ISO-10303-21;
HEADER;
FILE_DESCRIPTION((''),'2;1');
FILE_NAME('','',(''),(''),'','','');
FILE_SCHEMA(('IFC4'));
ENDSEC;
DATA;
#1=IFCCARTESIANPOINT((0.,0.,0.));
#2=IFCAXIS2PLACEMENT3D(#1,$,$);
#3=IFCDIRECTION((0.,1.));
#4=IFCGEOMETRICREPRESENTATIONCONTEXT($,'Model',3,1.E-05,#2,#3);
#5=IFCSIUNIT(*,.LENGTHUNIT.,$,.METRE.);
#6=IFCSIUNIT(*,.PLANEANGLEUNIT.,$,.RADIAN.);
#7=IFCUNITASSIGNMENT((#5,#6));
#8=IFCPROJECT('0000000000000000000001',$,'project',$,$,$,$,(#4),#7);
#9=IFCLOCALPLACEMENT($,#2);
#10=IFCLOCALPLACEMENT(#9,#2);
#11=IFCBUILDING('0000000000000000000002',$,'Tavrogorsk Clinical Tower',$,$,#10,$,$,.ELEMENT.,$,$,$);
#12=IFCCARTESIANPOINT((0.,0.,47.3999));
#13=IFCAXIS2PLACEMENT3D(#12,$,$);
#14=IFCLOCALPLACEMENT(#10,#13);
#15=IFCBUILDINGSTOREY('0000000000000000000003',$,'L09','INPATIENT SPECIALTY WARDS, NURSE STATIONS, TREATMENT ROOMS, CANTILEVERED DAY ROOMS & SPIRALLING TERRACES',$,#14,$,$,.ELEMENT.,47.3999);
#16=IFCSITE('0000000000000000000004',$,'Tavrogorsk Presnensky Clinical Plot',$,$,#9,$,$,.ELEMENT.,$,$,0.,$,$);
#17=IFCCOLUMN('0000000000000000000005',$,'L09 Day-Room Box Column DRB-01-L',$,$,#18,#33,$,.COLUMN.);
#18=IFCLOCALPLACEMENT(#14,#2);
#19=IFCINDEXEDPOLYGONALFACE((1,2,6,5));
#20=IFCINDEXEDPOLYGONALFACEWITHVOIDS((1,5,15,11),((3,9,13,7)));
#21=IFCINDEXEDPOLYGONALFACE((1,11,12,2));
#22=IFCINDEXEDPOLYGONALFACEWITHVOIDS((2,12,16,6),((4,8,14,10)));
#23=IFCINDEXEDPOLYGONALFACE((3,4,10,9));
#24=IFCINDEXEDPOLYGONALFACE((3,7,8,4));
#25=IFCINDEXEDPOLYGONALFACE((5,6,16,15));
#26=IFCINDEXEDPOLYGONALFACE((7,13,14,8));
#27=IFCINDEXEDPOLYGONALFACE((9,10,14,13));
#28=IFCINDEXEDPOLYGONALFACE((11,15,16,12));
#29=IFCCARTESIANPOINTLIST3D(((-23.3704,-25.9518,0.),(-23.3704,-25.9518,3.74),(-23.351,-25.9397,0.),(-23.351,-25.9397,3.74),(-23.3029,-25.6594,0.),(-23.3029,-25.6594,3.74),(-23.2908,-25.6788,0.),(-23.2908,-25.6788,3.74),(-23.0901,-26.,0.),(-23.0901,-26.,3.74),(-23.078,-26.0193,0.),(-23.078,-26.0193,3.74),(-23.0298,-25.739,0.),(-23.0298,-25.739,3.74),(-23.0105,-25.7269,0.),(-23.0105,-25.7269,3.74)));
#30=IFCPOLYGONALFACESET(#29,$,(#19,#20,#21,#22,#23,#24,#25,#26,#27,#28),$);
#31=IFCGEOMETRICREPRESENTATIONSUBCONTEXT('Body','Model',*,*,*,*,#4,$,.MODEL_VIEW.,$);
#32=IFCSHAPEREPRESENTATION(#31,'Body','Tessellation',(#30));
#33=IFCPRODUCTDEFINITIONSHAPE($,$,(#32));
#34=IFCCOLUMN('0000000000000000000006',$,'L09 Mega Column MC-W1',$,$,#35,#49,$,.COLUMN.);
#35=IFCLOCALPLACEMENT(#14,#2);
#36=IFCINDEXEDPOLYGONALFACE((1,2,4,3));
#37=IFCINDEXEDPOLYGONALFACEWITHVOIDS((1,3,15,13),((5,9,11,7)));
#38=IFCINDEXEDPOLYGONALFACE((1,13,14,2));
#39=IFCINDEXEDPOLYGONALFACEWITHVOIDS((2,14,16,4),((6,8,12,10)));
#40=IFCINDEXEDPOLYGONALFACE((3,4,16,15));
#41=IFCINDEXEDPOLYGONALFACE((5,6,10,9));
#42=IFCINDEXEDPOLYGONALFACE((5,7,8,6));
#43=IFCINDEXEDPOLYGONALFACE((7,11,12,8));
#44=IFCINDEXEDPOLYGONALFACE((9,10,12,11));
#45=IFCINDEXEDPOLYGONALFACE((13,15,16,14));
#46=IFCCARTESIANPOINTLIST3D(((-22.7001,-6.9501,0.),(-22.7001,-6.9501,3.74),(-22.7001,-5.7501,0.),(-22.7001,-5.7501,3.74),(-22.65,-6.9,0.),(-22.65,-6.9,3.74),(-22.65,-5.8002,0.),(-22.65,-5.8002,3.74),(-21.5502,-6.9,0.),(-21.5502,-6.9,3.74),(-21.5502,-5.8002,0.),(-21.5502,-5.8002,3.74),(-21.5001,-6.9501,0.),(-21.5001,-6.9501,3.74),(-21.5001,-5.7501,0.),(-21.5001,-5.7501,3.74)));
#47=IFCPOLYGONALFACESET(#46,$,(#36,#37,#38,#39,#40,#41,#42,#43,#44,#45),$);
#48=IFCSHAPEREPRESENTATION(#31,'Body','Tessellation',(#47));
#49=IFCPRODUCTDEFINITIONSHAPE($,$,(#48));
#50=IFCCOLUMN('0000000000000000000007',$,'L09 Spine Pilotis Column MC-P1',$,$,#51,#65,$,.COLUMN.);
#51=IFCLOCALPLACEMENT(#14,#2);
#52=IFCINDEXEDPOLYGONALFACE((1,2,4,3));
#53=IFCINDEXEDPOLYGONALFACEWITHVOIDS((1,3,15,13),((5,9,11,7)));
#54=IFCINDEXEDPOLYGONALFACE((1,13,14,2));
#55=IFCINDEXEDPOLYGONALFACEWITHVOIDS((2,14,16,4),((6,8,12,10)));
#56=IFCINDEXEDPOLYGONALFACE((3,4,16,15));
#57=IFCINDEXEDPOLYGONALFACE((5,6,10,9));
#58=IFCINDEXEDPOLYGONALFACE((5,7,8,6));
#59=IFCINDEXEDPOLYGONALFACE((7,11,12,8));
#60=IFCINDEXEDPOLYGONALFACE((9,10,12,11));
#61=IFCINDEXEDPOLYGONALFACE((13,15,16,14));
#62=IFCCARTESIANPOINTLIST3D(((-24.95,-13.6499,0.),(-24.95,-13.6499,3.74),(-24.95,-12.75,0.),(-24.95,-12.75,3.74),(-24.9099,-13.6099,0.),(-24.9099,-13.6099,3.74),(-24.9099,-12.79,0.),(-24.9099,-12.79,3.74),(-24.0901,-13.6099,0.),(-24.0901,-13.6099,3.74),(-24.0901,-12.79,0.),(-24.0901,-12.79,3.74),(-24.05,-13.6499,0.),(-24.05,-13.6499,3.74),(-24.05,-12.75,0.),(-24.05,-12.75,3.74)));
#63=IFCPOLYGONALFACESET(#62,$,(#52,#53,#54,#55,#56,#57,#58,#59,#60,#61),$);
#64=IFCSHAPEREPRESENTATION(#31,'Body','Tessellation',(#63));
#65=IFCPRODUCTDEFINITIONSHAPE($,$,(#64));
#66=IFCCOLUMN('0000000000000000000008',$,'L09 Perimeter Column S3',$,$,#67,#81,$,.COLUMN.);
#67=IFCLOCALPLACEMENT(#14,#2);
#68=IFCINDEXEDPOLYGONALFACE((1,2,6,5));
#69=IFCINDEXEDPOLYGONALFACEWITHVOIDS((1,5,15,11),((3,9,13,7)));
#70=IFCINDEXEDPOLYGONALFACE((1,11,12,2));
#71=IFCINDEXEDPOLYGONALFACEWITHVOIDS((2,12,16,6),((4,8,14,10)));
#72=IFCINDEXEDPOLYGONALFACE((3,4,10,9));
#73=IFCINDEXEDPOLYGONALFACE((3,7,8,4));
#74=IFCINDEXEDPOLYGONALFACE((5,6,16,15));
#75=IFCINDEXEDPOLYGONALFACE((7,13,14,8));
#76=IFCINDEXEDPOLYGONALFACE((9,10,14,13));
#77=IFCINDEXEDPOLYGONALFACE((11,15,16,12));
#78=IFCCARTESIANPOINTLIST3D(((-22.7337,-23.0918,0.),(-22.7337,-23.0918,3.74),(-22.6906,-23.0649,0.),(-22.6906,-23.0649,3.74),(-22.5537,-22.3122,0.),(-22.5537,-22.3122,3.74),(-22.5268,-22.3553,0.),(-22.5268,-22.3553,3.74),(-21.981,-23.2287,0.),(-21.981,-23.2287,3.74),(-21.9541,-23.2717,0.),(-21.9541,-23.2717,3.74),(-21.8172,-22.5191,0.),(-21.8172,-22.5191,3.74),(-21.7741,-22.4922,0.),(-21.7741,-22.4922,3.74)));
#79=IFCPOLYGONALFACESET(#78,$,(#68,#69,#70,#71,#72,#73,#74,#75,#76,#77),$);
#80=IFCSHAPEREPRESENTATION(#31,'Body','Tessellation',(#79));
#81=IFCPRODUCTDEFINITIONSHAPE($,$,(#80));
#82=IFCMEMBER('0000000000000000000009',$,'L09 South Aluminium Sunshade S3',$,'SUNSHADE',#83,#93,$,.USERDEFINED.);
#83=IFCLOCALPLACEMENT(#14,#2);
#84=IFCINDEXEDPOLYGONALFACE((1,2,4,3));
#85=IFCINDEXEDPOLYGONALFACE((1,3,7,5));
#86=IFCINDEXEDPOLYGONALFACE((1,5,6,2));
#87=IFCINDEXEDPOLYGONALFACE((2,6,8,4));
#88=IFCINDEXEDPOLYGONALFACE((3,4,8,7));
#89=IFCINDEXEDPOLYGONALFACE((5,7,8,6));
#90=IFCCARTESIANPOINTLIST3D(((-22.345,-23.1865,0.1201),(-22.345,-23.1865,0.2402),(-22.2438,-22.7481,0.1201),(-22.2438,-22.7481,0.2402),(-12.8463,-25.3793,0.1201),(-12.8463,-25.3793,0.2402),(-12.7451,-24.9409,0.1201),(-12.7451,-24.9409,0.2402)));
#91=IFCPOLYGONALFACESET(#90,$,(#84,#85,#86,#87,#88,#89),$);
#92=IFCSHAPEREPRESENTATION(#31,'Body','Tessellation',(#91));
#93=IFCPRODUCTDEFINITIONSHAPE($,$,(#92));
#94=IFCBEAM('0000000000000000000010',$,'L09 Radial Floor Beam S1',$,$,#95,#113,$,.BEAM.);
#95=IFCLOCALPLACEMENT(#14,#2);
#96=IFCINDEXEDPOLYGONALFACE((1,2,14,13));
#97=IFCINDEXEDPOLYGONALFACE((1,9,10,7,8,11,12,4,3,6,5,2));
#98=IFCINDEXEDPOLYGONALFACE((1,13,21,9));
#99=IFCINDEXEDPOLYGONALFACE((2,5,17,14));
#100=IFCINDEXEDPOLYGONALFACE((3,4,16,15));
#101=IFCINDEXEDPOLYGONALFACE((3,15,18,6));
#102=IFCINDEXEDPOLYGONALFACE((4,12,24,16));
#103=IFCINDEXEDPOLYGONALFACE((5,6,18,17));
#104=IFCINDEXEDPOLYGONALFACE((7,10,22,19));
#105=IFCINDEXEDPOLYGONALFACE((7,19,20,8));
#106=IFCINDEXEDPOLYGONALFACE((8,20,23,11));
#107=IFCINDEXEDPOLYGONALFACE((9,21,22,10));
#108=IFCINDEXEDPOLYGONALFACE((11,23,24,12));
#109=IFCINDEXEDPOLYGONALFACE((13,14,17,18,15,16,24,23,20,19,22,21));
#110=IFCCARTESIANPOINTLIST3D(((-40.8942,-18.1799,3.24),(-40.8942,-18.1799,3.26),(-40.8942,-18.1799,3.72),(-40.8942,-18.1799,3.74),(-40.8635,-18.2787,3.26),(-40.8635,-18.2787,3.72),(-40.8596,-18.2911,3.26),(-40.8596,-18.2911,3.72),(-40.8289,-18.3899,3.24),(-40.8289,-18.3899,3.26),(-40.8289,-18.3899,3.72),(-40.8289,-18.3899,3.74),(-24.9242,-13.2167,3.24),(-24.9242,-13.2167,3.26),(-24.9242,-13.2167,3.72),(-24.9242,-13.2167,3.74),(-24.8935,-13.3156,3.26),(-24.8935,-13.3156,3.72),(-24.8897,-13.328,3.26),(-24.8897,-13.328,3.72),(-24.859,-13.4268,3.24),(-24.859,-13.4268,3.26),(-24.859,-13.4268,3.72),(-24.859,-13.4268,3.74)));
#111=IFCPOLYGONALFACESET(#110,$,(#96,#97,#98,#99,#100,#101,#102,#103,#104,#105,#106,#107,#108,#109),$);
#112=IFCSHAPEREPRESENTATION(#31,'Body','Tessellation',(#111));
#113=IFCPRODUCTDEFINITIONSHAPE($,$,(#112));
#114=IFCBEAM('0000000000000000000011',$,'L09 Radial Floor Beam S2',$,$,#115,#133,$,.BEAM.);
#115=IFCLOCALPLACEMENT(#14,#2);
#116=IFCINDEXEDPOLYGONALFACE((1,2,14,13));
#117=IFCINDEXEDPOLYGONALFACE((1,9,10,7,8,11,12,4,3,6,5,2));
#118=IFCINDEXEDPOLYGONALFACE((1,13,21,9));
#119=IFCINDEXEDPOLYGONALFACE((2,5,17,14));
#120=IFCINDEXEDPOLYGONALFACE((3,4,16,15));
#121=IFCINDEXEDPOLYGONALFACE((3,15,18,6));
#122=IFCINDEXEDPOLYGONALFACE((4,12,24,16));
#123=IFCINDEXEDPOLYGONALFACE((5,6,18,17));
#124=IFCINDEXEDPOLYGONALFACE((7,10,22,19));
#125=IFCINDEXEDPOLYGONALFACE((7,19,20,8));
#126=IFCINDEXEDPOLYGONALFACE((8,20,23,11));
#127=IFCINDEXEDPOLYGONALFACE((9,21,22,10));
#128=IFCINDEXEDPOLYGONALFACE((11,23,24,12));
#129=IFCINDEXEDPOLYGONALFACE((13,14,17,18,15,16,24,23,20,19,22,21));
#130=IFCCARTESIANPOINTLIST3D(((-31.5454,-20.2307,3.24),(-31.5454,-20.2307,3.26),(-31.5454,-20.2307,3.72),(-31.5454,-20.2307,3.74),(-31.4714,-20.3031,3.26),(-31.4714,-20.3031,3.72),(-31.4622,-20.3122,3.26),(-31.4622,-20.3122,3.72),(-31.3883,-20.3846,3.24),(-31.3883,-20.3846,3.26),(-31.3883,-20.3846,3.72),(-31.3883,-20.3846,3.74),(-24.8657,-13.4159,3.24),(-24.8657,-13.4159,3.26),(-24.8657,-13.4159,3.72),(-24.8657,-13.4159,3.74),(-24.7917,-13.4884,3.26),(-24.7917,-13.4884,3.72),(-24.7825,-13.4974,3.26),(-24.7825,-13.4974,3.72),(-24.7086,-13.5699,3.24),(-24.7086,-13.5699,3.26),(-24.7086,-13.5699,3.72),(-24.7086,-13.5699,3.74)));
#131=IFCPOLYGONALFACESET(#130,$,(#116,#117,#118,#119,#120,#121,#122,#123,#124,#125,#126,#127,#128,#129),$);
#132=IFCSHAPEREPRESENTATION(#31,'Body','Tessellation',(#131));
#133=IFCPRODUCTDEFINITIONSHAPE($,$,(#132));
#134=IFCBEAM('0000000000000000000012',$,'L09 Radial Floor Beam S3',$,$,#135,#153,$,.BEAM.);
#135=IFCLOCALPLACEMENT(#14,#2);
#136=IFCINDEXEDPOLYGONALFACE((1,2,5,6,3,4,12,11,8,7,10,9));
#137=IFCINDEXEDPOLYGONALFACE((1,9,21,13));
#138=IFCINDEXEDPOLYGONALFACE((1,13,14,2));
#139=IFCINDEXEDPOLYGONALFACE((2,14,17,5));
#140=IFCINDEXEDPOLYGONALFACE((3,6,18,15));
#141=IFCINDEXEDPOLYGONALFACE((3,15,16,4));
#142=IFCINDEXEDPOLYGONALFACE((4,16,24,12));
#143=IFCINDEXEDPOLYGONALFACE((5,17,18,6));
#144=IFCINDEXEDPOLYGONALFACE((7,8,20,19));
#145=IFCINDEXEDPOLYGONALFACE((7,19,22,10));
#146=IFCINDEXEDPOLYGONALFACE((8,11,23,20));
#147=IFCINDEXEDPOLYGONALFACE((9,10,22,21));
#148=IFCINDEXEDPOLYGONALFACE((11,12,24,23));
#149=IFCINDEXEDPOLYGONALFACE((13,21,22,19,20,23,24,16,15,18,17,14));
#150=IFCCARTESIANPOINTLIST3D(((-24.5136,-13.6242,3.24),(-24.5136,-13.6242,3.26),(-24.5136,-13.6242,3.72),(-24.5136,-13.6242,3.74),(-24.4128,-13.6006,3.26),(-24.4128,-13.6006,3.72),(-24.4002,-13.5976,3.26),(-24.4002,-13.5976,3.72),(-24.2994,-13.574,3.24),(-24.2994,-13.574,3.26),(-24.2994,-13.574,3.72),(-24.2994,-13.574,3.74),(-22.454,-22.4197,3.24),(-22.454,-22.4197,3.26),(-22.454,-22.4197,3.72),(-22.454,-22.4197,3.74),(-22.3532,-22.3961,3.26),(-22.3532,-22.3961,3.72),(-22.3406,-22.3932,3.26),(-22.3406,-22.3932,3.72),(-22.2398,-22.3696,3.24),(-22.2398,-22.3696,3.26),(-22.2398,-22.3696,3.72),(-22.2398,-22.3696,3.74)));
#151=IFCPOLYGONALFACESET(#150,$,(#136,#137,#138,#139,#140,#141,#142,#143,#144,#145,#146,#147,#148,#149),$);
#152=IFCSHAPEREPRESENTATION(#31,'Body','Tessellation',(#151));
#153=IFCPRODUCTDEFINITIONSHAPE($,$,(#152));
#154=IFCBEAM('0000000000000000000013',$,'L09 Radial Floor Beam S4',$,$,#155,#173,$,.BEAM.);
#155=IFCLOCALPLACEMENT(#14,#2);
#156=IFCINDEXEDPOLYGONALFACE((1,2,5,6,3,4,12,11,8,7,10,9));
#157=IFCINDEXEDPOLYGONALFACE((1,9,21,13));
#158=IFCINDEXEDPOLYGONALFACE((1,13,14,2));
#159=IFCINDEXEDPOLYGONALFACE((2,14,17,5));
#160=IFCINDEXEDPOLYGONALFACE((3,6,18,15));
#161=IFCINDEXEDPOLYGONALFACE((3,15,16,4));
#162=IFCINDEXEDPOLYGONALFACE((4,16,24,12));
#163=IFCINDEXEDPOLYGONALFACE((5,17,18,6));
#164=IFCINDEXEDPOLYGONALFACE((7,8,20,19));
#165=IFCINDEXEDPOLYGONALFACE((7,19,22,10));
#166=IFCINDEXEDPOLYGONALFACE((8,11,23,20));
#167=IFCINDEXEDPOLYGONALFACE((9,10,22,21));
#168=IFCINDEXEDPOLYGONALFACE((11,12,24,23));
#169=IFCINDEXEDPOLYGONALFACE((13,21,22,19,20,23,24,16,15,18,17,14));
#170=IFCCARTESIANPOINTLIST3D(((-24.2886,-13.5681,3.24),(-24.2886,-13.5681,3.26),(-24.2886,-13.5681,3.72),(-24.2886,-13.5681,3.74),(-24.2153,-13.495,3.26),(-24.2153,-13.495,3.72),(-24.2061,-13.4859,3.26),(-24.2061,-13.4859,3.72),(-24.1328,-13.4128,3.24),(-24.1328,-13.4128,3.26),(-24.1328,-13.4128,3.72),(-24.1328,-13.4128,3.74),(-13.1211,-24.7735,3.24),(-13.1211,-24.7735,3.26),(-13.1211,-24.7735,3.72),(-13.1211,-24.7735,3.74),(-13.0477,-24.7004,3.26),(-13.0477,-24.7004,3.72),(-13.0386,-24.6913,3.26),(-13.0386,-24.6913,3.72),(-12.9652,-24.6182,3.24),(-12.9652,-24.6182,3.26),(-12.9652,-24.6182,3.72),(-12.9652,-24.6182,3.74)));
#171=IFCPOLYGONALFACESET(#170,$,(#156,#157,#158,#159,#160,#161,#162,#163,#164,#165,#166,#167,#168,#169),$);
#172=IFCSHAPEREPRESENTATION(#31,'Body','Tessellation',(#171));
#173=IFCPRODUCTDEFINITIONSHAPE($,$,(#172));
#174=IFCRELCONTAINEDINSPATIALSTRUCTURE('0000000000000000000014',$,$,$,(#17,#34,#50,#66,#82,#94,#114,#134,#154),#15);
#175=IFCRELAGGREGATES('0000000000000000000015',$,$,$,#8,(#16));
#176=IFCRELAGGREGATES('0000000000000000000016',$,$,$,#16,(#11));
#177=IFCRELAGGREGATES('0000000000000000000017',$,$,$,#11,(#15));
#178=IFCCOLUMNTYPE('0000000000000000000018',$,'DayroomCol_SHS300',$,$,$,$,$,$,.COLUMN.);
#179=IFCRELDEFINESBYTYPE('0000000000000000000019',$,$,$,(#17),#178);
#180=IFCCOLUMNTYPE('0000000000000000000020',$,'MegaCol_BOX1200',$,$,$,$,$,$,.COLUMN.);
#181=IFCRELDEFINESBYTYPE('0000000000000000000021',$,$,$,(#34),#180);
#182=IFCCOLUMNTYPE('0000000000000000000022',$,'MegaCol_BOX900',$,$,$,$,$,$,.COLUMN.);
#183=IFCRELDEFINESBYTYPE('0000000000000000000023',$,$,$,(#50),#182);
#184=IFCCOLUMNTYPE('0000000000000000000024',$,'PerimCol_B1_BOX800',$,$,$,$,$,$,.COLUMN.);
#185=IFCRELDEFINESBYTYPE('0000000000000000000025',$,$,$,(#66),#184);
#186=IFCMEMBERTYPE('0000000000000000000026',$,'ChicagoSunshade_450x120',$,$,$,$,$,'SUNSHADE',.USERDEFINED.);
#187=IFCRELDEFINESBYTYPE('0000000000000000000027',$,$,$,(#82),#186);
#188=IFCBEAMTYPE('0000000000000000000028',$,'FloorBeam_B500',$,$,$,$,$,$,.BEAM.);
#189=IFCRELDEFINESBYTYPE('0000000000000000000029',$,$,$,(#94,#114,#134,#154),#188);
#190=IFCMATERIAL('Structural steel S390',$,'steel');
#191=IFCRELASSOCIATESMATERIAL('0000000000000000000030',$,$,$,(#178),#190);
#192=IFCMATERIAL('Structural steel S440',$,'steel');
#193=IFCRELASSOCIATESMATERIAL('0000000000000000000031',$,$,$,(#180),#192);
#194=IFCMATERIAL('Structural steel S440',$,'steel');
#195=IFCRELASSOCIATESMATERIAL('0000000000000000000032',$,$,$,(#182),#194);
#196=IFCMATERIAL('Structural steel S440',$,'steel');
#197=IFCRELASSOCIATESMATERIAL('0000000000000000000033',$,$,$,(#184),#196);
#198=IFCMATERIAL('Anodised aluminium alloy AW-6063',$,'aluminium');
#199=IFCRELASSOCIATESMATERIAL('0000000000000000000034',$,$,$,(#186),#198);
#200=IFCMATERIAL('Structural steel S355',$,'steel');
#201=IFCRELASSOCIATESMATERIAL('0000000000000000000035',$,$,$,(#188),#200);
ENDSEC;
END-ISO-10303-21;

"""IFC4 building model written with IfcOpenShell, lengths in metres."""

from ifc_helpers import new_model, si_unit, direction, frame, origin, origin_2d, place, context, subcontext, project, spatial, rectangle, hollow_rectangle, i_section, extrude, material, material_profile, profile_set, type_object, element, save


model = new_model("IFC4")

# Units and contexts
model_context = context("Model", 3, precision=1e-05, world=origin(), true_north=direction((0.0, 1.0)))
body_context = subcontext(model_context, "Body", "Model", "MODEL_VIEW")
ifc_project = project(units=[si_unit("LENGTHUNIT", "METRE"), si_unit("PLANEANGLEUNIT", "RADIAN")], contexts=[model_context])

# Site, building, storey
site_placement = place(None, origin())
site = spatial("IfcSite", under=ifc_project, at=site_placement, Name="Tavrogorsk Presnensky Clinical Plot", CompositionType="ELEMENT", RefElevation=0.0)
building_placement = place(site_placement, origin())
building = spatial("IfcBuilding", under=site, at=building_placement, Name="Tavrogorsk Clinical Tower", CompositionType="ELEMENT")
storey_placement = place(building_placement, frame((0.0, 0.0, 47.3999)))
storey = spatial("IfcBuildingStorey", under=building, at=storey_placement, Name="L09", Description="INPATIENT SPECIALTY WARDS, NURSE STATIONS, TREATMENT ROOMS, CANTILEVERED DAY ROOMS & SPIRALLING TERRACES", CompositionType="ELEMENT", Elevation=47.3999)

# Columns
ifc_material_1 = material(Name="Structural steel S390", Category="steel")
ifc_material_profile_1 = material_profile(ifc_material_1, hollow_rectangle(XDim=0.3, YDim=0.3, WallThickness=0.0161, at=origin_2d()), Name="SHS-300x300x16")
ifc_profile_set_1 = profile_set([ifc_material_profile_1], Name="Structural steel S390")
column_type_1 = type_object("IfcColumnType", Name="DayroomCol_SHS300", PredefinedType="COLUMN", material=ifc_profile_set_1)
column_1_placement = place(storey_placement, frame((-23.1904, -25.8394, 0.0), z_axis=(0.0, 0.0, 1.0), x_axis=(0.97437, -0.224951, 0.0)))
element("IfcColumn", 1, at=column_1_placement, inside=storey, type_object=column_type_1, Name="L09 Day-Room Box Column DRB-01-L", PredefinedType="COLUMN", context=body_context, shape_type="SweptSolid", body=[
    extrude(hollow_rectangle(XDim=0.3, YDim=0.3, WallThickness=0.0161, at=origin_2d()), origin(), (0.0, 0.0, 1.0), 3.74),
])
ifc_material_2 = material(Name="Structural steel S440", Category="steel")
ifc_material_profile_2 = material_profile(ifc_material_2, hollow_rectangle(XDim=1.2, YDim=1.2, WallThickness=0.05, at=origin_2d()), Name="BOX-1200x1200x50")
ifc_profile_set_2 = profile_set([ifc_material_profile_2], Name="Structural steel S440")
column_type_2 = type_object("IfcColumnType", Name="MegaCol_BOX1200", PredefinedType="COLUMN", material=ifc_profile_set_2)
column_2_placement = place(storey_placement, frame((-22.1001, -6.3501, 0.0), z_axis=(0.0, 0.0, 1.0), x_axis=(1.0, 0.0, 0.0)))
element("IfcColumn", 2, at=column_2_placement, inside=storey, type_object=column_type_2, Name="L09 Mega Column MC-W1", PredefinedType="COLUMN", context=body_context, shape_type="SweptSolid", body=[
    extrude(hollow_rectangle(XDim=1.2, YDim=1.2, WallThickness=0.05, at=origin_2d()), origin(), (0.0, 0.0, 1.0), 3.74),
])
ifc_material_3 = material(Name="Structural steel S440", Category="steel")
ifc_material_profile_3 = material_profile(ifc_material_3, hollow_rectangle(XDim=0.8999, YDim=0.8999, WallThickness=0.04, at=origin_2d()), Name="BOX-900x900x40")
ifc_profile_set_3 = profile_set([ifc_material_profile_3], Name="Structural steel S440")
column_type_3 = type_object("IfcColumnType", Name="MegaCol_BOX900", PredefinedType="COLUMN", material=ifc_profile_set_3)
column_3_placement = place(storey_placement, frame((-24.5, -13.2, 0.0), z_axis=(0.0, 0.0, 1.0), x_axis=(1.0, 0.0, 0.0)))
element("IfcColumn", 3, at=column_3_placement, inside=storey, type_object=column_type_3, Name="L09 Spine Pilotis Column MC-P1", PredefinedType="COLUMN", context=body_context, shape_type="SweptSolid", body=[
    extrude(hollow_rectangle(XDim=0.8999, YDim=0.8999, WallThickness=0.04, at=origin_2d()), origin(), (0.0, 0.0, 1.0), 3.74),
])
ifc_material_4 = material(Name="Structural steel S440", Category="steel")
ifc_material_profile_4 = material_profile(ifc_material_4, hollow_rectangle(XDim=0.8, YDim=0.8, WallThickness=0.0359, at=origin_2d()), Name="BOX-800x800x36")
ifc_profile_set_4 = profile_set([ifc_material_profile_4], Name="Structural steel S440")
column_type_4 = type_object("IfcColumnType", Name="PerimCol_B1_BOX800", PredefinedType="COLUMN", material=ifc_profile_set_4)
column_4_placement = place(storey_placement, frame((-22.2539, -22.792, 0.0), z_axis=(0.0, 0.0, 1.0), x_axis=(0.97437, -0.224951, 0.0)))
element("IfcColumn", 4, at=column_4_placement, inside=storey, type_object=column_type_4, Name="L09 Perimeter Column S3", PredefinedType="COLUMN", context=body_context, shape_type="SweptSolid", body=[
    extrude(hollow_rectangle(XDim=0.8, YDim=0.8, WallThickness=0.0359, at=origin_2d()), origin(), (0.0, 0.0, 1.0), 3.74),
])

# Member
ifc_material_5 = material(Name="Anodised aluminium alloy AW-6063", Category="aluminium")
ifc_material_profile_5 = material_profile(ifc_material_5, rectangle(XDim=0.45, YDim=0.1201, at=origin_2d()), Name="ALU-SUNSHADE-450x120")
ifc_profile_set_5 = profile_set([ifc_material_profile_5], Name="Anodised aluminium alloy AW-6063")
member_type = type_object("IfcMemberType", Name="ChicagoSunshade_450x120", ElementType="SUNSHADE", PredefinedType="USERDEFINED", material=ifc_profile_set_5)
member_placement = place(storey_placement, frame((-22.2944, -22.9673, 0.1802), z_axis=(0.974372, -0.224942, 0.0), x_axis=(0.224942, 0.974372, 0.0)))
element("IfcMember", 5, at=member_placement, inside=storey, type_object=member_type, Name="L09 South Aluminium Sunshade S3", ObjectType="SUNSHADE", PredefinedType="USERDEFINED", context=body_context, shape_type="SweptSolid", body=[
    extrude(rectangle(XDim=0.45, YDim=0.1201, at=origin_2d()), origin(), (0.0, 0.0, 1.0), 9.7485),
])

# Beams
ifc_material_6 = material(Name="Structural steel S355", Category="steel")
ifc_material_profile_6 = material_profile(ifc_material_6, i_section(OverallWidth=0.22, OverallDepth=0.5, WebThickness=0.0129, FlangeThickness=0.02, at=origin_2d()), Name="B-500x220x13x20")
ifc_profile_set_6 = profile_set([ifc_material_profile_6], Name="Structural steel S355")
beam_type_1 = type_object("IfcBeamType", Name="FloorBeam_B500", PredefinedType="BEAM", material=ifc_profile_set_6)
beam_1_placement = place(storey_placement, frame((-24.8916, -13.3218, 3.49), z_axis=(-0.954947, -0.296778, 0.0), x_axis=(0.296778, -0.954947, 0.0)))
element("IfcBeam", 6, at=beam_1_placement, inside=storey, type_object=beam_type_1, Name="L09 Radial Floor Beam S1", PredefinedType="BEAM", context=body_context, shape_type="SweptSolid", body=[
    extrude(i_section(OverallWidth=0.22, OverallDepth=0.5, WebThickness=0.0129, FlangeThickness=0.02, at=origin_2d()), origin(), (0.0, 0.0, 1.0), 16.7234),
])
beam_2_placement = place(storey_placement, frame((-24.7871, -13.4929, 3.49), z_axis=(-0.699997, -0.714146, 0.0), x_axis=(0.714146, -0.699997, 0.0)))
element("IfcBeam", 7, at=beam_2_placement, inside=storey, type_object=beam_type_1, Name="L09 Radial Floor Beam S2", PredefinedType="BEAM", context=body_context, shape_type="SweptSolid", body=[
    extrude(i_section(OverallWidth=0.22, OverallDepth=0.5, WebThickness=0.0129, FlangeThickness=0.02, at=origin_2d()), origin(), (0.0, 0.0, 1.0), 9.5425),
])
beam_3_placement = place(storey_placement, frame((-24.4065, -13.5991, 3.49), z_axis=(0.227997, -0.973662, 0.0), x_axis=(0.973662, 0.227997, 0.0)))
element("IfcBeam", 8, at=beam_3_placement, inside=storey, type_object=beam_type_1, Name="L09 Radial Floor Beam S3", PredefinedType="BEAM", context=body_context, shape_type="SweptSolid", body=[
    extrude(i_section(OverallWidth=0.22, OverallDepth=0.5, WebThickness=0.0129, FlangeThickness=0.02, at=origin_2d()), origin(), (0.0, 0.0, 1.0), 9.0334),
])
beam_4_placement = place(storey_placement, frame((-24.2107, -13.4905, 3.49), z_axis=(0.70591, -0.708302, 0.0), x_axis=(0.708302, 0.70591, 0.0)))
element("IfcBeam", 9, at=beam_4_placement, inside=storey, type_object=beam_type_1, Name="L09 Radial Floor Beam S4", PredefinedType="BEAM", context=body_context, shape_type="SweptSolid", body=[
    extrude(i_section(OverallWidth=0.22, OverallDepth=0.5, WebThickness=0.0129, FlangeThickness=0.02, at=origin_2d()), origin(), (0.0, 0.0, 1.0), 15.8201),
])

save(model, "model.ifc")
